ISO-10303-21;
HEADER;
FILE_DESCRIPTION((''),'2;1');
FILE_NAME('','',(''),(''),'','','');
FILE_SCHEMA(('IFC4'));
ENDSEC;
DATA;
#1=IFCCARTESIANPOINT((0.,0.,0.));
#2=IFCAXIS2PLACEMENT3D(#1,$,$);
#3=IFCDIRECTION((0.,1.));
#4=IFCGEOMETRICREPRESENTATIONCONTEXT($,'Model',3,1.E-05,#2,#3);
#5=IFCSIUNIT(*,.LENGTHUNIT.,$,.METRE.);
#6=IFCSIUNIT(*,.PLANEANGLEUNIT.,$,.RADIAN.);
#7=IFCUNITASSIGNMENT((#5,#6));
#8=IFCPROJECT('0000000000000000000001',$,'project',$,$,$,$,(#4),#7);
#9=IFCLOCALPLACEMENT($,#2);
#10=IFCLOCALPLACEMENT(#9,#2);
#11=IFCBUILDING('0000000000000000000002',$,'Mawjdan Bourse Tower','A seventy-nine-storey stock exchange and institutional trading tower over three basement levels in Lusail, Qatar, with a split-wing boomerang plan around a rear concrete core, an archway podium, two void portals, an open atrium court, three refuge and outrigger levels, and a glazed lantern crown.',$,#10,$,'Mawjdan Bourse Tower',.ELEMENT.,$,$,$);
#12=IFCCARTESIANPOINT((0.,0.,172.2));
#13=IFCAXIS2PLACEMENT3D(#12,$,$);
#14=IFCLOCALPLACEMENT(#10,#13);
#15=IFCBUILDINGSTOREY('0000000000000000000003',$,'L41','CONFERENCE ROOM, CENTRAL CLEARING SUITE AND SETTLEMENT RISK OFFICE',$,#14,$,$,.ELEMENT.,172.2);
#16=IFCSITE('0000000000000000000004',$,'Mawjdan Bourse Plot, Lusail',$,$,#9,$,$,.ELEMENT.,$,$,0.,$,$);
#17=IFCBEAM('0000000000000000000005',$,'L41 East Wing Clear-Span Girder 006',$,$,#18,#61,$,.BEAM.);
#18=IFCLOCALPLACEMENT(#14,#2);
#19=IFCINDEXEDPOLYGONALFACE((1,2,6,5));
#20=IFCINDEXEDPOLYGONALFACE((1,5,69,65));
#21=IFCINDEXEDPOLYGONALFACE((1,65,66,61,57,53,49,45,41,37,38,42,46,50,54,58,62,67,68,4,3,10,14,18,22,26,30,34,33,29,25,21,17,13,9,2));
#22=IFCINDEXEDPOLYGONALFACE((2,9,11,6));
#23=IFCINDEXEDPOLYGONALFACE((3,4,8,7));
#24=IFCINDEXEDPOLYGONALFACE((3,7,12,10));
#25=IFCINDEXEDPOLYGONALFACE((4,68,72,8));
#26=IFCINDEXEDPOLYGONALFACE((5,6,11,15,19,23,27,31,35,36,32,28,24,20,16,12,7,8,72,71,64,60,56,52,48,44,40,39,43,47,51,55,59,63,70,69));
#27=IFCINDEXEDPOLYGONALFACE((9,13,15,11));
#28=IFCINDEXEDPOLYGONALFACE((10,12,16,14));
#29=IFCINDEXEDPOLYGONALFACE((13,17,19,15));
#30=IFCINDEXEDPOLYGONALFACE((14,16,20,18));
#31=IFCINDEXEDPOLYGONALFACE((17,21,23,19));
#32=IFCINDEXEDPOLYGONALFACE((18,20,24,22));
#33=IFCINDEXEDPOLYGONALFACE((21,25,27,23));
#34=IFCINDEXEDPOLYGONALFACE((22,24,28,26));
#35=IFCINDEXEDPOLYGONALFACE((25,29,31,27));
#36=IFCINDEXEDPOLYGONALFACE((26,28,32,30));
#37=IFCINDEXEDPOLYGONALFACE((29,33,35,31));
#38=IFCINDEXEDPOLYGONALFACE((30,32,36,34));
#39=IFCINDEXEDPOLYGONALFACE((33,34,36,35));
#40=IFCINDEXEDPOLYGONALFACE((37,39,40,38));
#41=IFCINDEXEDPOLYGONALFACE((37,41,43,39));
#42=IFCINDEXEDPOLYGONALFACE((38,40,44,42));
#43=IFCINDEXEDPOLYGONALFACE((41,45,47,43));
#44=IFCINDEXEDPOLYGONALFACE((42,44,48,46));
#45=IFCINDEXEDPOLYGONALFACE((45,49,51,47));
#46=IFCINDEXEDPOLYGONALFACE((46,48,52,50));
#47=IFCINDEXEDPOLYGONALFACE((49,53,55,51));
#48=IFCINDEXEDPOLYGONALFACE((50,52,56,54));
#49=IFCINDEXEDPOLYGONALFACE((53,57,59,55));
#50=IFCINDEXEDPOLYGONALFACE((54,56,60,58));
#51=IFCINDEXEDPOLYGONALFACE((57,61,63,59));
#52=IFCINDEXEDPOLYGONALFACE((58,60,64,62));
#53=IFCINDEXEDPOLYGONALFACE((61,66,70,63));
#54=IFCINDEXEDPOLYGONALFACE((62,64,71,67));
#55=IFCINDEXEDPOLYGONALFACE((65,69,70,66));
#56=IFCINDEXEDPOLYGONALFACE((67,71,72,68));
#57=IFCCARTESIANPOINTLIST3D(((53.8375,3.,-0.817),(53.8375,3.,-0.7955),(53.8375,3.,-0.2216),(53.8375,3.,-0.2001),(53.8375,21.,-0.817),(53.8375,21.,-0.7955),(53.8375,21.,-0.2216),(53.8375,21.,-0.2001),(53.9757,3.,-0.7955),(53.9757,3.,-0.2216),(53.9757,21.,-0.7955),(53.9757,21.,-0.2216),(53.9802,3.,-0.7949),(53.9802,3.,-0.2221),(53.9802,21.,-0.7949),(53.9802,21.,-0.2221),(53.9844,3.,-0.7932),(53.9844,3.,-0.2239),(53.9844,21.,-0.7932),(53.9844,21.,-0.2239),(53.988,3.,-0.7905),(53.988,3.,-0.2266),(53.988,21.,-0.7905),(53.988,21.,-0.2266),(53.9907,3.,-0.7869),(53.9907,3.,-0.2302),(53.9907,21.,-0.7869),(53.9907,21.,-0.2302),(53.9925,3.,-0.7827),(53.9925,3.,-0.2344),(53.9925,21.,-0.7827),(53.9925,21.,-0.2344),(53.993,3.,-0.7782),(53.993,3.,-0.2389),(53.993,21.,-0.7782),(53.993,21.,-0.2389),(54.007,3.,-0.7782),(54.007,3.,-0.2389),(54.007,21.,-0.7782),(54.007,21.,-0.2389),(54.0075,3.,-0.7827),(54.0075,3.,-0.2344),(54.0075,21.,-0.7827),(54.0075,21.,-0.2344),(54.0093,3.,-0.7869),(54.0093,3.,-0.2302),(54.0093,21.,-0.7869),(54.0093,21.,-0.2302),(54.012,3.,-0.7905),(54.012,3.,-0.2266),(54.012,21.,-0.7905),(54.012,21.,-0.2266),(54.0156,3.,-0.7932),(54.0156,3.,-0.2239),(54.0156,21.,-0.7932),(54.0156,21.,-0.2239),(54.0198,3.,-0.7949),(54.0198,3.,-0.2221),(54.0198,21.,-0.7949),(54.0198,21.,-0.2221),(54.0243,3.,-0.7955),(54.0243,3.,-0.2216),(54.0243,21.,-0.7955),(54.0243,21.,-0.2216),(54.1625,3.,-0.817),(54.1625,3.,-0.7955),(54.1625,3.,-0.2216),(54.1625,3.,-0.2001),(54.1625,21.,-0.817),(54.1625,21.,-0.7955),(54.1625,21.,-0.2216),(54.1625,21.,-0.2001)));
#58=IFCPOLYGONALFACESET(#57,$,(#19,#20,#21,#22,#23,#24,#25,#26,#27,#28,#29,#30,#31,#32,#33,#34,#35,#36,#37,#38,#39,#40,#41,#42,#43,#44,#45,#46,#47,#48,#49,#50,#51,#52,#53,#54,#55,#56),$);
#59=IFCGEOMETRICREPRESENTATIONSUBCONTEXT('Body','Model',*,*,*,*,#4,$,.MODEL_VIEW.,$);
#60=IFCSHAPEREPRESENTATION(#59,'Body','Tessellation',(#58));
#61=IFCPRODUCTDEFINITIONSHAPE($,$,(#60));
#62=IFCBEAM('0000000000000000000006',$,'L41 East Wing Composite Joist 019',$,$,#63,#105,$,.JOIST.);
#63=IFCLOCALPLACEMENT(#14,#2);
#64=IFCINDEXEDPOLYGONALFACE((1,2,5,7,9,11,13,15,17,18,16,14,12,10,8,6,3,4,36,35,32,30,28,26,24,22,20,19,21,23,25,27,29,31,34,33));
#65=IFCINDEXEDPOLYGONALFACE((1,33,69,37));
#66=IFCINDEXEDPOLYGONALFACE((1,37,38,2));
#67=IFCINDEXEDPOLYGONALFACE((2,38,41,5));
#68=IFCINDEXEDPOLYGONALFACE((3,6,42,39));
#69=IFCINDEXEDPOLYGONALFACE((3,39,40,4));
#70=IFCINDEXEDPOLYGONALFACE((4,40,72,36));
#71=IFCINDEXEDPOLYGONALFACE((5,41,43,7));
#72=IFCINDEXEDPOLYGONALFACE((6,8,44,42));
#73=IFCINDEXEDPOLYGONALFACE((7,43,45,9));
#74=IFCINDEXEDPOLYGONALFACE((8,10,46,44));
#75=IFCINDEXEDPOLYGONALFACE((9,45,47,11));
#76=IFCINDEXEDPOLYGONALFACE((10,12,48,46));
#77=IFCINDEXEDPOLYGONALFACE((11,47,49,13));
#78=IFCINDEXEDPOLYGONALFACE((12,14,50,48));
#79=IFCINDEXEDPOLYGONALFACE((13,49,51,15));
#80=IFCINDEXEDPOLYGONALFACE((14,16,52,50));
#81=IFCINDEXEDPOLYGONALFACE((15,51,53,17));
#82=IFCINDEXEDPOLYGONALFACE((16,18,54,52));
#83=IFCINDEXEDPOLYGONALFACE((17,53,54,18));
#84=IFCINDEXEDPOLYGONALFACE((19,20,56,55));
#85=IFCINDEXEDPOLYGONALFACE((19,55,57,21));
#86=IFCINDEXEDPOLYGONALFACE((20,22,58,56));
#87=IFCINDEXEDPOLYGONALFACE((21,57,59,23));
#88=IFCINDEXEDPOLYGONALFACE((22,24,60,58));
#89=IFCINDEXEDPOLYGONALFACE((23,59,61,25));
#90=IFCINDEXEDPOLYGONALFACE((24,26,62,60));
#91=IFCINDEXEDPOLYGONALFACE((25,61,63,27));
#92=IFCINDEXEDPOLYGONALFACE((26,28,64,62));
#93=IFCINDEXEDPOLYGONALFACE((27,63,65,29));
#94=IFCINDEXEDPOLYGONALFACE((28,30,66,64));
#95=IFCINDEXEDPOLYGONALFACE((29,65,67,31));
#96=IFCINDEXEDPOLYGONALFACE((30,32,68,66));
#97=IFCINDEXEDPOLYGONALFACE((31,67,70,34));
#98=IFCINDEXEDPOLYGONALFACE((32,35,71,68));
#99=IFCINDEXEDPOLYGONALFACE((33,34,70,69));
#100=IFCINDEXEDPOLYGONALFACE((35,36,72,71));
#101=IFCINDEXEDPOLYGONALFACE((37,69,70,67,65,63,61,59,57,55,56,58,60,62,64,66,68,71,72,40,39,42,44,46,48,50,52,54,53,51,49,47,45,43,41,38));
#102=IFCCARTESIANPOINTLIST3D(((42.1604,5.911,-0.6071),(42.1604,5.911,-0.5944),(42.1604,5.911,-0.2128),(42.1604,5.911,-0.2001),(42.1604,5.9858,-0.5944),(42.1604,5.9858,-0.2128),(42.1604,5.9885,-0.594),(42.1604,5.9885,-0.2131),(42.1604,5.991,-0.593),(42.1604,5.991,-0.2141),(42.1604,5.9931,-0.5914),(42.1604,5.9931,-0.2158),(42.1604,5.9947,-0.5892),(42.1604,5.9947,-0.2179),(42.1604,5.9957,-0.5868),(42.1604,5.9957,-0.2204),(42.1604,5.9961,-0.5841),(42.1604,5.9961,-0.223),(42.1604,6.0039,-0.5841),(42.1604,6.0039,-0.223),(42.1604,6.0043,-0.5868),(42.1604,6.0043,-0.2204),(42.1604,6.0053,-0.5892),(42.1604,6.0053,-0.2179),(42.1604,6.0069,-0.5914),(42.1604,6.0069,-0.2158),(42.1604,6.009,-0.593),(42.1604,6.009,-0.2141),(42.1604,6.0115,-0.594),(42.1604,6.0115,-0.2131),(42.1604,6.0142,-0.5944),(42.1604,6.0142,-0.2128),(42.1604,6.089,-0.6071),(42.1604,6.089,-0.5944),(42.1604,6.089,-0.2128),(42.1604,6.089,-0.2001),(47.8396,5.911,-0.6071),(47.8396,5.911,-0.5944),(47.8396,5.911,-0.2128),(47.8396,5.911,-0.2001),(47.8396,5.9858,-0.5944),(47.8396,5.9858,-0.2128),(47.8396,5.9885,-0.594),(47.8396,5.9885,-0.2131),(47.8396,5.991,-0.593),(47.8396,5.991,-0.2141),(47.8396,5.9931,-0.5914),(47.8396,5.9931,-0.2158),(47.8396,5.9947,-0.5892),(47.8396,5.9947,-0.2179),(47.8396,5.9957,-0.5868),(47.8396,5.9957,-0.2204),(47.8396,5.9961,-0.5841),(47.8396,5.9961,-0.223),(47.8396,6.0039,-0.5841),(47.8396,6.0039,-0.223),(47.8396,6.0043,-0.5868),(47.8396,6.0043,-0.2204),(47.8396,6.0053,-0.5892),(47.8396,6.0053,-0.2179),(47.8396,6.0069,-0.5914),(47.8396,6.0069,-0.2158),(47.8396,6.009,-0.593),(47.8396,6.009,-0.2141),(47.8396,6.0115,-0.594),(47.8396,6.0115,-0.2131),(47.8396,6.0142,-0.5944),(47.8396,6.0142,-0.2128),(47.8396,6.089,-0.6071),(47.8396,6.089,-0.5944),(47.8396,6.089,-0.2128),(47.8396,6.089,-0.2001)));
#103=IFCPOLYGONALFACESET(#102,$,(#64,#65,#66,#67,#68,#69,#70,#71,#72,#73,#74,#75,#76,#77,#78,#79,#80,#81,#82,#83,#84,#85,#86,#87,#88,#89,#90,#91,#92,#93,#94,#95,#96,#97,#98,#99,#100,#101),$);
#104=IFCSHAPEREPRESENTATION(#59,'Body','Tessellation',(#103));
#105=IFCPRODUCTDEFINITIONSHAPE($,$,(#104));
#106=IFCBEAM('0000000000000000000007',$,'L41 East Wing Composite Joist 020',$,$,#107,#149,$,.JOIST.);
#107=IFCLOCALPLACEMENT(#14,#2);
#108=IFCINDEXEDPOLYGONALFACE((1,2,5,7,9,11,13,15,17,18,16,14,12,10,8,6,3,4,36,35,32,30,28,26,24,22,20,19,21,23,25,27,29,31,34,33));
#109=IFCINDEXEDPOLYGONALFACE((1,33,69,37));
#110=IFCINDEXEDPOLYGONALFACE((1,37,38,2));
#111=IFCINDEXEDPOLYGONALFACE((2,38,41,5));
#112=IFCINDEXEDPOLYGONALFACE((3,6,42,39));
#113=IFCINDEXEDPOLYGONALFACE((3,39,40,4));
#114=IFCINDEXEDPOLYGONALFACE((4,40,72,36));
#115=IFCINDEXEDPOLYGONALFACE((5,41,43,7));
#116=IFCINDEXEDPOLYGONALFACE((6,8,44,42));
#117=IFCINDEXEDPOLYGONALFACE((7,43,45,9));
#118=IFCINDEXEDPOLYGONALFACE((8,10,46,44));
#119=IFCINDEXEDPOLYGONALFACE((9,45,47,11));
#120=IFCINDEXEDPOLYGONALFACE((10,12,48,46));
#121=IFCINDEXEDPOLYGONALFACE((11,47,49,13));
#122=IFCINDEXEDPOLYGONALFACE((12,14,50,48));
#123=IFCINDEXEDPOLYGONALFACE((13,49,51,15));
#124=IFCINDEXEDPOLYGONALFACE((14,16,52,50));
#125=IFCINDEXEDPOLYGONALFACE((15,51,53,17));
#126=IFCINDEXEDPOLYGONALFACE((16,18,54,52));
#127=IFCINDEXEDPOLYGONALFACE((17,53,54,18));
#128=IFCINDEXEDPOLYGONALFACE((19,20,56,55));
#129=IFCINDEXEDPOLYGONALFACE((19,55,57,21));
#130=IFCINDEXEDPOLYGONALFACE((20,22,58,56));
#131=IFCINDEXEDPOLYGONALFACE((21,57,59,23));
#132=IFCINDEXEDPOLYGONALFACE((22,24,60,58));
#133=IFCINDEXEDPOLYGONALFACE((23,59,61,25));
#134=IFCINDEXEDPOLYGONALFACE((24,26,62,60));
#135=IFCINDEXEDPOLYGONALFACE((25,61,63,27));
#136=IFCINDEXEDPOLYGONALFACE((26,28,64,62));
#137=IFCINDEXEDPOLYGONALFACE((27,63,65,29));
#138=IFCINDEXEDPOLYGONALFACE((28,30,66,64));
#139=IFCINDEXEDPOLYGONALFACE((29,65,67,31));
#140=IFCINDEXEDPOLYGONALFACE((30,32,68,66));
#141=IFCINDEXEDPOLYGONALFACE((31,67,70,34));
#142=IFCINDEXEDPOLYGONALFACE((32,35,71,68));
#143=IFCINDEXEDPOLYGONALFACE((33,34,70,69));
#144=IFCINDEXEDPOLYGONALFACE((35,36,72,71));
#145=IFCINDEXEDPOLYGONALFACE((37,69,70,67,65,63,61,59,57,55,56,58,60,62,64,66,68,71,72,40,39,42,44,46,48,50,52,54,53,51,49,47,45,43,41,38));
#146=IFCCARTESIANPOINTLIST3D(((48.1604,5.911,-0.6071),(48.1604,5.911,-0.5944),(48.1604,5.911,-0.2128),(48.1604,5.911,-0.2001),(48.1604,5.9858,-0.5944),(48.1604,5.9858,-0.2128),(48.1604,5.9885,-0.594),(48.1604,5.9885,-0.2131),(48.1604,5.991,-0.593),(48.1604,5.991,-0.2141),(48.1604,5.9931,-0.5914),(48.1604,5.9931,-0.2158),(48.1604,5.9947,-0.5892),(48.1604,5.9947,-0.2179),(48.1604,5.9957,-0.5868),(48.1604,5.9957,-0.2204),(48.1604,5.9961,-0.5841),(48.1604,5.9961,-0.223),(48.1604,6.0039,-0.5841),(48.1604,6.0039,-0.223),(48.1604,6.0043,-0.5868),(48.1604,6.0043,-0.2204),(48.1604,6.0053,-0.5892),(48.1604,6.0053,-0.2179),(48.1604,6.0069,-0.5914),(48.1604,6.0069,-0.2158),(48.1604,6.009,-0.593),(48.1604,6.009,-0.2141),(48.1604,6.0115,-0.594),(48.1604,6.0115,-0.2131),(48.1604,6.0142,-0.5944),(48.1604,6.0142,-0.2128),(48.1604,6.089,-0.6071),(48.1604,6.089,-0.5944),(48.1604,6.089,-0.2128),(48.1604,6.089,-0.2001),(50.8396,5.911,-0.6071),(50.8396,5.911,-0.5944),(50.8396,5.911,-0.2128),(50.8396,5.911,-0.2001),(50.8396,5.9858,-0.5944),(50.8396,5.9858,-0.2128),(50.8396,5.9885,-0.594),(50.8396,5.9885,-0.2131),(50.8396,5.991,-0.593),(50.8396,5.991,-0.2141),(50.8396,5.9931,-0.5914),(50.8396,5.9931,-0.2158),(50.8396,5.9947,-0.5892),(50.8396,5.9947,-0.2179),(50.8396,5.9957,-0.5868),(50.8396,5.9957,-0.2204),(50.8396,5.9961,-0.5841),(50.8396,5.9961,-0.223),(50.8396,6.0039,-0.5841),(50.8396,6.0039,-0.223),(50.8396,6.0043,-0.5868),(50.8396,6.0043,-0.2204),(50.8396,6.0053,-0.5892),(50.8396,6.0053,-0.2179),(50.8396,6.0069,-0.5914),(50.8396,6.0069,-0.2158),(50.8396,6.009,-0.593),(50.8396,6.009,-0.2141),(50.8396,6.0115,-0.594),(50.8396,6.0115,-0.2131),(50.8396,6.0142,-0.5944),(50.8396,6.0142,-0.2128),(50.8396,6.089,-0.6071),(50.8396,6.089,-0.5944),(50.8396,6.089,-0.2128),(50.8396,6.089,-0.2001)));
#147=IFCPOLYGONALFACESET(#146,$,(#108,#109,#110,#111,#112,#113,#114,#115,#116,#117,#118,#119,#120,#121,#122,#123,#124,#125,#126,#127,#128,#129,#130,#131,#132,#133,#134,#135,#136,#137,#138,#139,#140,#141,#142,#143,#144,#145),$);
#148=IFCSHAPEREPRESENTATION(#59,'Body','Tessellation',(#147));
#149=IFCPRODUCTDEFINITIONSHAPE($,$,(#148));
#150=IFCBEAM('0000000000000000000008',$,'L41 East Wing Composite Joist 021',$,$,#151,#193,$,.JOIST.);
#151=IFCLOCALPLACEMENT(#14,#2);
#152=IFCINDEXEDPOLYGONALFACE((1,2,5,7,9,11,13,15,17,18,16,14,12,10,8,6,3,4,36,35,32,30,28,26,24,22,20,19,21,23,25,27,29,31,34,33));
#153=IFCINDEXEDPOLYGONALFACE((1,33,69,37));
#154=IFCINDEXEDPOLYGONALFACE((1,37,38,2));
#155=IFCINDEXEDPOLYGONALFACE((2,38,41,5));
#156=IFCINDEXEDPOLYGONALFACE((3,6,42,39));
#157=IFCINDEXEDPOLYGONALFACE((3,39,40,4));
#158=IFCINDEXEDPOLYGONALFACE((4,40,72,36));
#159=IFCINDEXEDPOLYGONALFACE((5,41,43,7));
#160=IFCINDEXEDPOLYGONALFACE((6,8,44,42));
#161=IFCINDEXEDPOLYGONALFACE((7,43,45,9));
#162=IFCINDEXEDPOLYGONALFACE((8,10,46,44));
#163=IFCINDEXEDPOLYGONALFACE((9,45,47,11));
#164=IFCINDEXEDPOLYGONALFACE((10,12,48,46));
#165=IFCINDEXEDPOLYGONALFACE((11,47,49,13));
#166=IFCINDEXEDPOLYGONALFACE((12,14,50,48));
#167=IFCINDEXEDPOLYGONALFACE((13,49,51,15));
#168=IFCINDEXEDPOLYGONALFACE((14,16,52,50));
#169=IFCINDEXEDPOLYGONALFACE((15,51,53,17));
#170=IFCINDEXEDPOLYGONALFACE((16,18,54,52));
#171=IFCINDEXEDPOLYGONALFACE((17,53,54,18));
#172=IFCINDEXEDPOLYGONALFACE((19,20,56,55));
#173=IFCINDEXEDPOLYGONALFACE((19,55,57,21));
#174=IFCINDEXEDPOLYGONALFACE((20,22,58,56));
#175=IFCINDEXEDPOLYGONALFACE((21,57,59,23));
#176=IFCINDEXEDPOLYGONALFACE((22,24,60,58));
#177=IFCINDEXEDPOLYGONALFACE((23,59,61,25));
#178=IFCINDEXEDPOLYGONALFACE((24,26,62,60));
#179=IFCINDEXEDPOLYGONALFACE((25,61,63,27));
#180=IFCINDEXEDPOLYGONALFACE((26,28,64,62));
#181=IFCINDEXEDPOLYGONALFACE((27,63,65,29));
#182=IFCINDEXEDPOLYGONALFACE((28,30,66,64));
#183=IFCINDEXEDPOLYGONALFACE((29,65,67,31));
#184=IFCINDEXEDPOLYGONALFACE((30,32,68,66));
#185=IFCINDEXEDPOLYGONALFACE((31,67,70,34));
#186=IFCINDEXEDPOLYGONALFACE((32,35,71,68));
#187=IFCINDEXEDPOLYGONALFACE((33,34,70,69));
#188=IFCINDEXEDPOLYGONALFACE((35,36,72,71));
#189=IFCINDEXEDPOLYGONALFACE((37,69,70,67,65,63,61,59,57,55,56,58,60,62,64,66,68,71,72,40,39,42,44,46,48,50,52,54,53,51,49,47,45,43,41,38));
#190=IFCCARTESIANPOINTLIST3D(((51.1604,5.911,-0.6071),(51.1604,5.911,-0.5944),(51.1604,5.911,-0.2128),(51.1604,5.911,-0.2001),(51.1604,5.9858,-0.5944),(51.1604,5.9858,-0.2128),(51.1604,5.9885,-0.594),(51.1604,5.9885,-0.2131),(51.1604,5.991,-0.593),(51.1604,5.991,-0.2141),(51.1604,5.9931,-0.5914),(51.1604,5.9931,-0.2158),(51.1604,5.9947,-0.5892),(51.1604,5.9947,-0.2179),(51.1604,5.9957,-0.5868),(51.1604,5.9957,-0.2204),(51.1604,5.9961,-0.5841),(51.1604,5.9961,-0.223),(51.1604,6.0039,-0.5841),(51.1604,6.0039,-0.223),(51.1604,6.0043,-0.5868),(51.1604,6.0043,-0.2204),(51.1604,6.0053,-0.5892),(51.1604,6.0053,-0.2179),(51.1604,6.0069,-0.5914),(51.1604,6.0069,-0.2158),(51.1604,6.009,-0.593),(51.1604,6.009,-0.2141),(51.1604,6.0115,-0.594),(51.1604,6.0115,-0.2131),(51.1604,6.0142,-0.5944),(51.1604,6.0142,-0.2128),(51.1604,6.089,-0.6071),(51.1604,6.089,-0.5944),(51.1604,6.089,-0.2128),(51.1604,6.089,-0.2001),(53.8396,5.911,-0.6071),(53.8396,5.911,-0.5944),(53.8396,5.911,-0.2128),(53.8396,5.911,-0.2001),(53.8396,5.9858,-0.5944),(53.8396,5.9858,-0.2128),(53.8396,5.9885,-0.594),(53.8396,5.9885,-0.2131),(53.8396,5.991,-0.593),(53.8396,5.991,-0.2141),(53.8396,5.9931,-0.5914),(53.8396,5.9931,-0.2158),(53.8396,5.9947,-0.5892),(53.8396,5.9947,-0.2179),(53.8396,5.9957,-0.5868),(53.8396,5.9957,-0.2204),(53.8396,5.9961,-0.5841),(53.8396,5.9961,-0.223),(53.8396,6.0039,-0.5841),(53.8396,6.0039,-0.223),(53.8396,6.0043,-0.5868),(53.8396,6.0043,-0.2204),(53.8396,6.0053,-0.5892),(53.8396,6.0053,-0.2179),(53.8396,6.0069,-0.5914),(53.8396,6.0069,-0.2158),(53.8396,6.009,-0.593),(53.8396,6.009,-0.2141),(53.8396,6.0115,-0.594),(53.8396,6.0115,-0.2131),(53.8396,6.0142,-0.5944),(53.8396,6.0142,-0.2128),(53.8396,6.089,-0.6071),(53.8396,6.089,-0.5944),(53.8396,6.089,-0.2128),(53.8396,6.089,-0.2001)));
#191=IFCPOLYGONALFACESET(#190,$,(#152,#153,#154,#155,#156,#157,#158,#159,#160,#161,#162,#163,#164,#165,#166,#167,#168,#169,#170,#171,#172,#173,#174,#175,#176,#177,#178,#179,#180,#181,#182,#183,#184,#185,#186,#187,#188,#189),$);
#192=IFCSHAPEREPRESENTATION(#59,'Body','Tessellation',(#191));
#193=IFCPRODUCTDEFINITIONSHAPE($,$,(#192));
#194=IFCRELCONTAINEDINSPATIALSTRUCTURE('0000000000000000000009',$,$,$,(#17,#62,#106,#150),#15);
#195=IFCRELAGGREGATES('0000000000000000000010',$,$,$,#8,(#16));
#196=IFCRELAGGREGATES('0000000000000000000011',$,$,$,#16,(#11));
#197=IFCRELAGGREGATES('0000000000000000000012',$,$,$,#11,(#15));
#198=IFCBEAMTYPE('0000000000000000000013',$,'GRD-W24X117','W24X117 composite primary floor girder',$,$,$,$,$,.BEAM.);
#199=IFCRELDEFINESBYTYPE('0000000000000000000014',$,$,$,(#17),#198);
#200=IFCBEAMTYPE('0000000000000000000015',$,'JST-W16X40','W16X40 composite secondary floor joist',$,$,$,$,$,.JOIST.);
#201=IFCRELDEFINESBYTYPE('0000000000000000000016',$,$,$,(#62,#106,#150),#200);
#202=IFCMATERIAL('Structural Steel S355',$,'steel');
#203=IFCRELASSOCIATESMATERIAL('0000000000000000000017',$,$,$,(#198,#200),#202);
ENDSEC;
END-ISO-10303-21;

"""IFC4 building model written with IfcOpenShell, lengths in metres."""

from ifc_helpers import new_model, si_unit, direction, frame, origin, origin_2d, place, context, subcontext, project, spatial, i_section, extrude, material, material_profile, profile_set, type_object, element, save


model = new_model("IFC4")

# Units and contexts
model_context = context("Model", 3, precision=1e-05, world=origin(), true_north=direction((0.0, 1.0)))
body_context = subcontext(model_context, "Body", "Model", "MODEL_VIEW")
ifc_project = project(units=[si_unit("LENGTHUNIT", "METRE"), si_unit("PLANEANGLEUNIT", "RADIAN")], contexts=[model_context])

# Site, building, storey
site_placement = place(None, origin())
site = spatial("IfcSite", under=ifc_project, at=site_placement, Name="Mawjdan Bourse Plot, Lusail", CompositionType="ELEMENT", RefElevation=0.0)
building_placement = place(site_placement, origin())
building = spatial("IfcBuilding", under=site, at=building_placement, Name="Mawjdan Bourse Tower", Description="A seventy-nine-storey stock exchange and institutional trading tower over three basement levels in Lusail, Qatar, with a split-wing boomerang plan around a rear concrete core, an archway podium, two void portals, an open atrium court, three refuge and outrigger levels, and a glazed lantern crown.", LongName="Mawjdan Bourse Tower", CompositionType="ELEMENT")
storey_placement = place(building_placement, frame((0.0, 0.0, 172.2)))
storey = spatial("IfcBuildingStorey", under=building, at=storey_placement, Name="L41", Description="CONFERENCE ROOM, CENTRAL CLEARING SUITE AND SETTLEMENT RISK OFFICE", CompositionType="ELEMENT", Elevation=172.2)

# Beams
ifc_material_1 = material(Name="Structural Steel S355", Category="steel")
ifc_material_profile_1 = material_profile(ifc_material_1, i_section(OverallWidth=0.325, OverallDepth=0.6169, WebThickness=0.0139, FlangeThickness=0.0215, FilletRadius=0.0173, at=origin_2d()), Name="W24X117")
ifc_profile_set_1 = profile_set([ifc_material_profile_1], Name="Structural Steel S355")
beam_type_1 = type_object("IfcBeamType", Name="GRD-W24X117", Description="W24X117 composite primary floor girder", PredefinedType="BEAM", material=ifc_profile_set_1)
for number, where, z_axis, x_axis, name in (
    (1, (54.0, 3.0, -0.5085), (0.0, 1.0, 0.0), (-1.0, 0.0, 0.0), "L41 East Wing Clear-Span Girder 006"),
):
    element("IfcBeam", number, at=place(storey_placement, frame(where, z_axis=z_axis, x_axis=x_axis)), inside=storey, type_object=beam_type_1, Name=name, PredefinedType="BEAM", context=body_context, shape_type="SweptSolid", body=[
        extrude(i_section(OverallWidth=0.325, OverallDepth=0.6169, WebThickness=0.0139, FlangeThickness=0.0215, FilletRadius=0.0173, at=origin_2d()), origin(), (0.0, 0.0, 1.0), 18.0),
    ])
ifc_material_profile_2 = material_profile(ifc_material_1, i_section(OverallWidth=0.178, OverallDepth=0.407, WebThickness=0.0078, FlangeThickness=0.0127, FilletRadius=0.0103, at=origin_2d()), Name="W16X40")
ifc_profile_set_2 = profile_set([ifc_material_profile_2], Name="Structural Steel S355")
beam_type_2 = type_object("IfcBeamType", Name="JST-W16X40", Description="W16X40 composite secondary floor joist", PredefinedType="JOIST", material=ifc_profile_set_2)
beam_1_placement = place(storey_placement, frame((42.1604, 6.0, -0.4036), z_axis=(1.0, 0.0, 0.0), x_axis=(0.0, 1.0, 0.0)))
element("IfcBeam", 2, at=beam_1_placement, inside=storey, type_object=beam_type_2, Name="L41 East Wing Composite Joist 019", PredefinedType="JOIST", context=body_context, shape_type="SweptSolid", body=[
    extrude(i_section(OverallWidth=0.178, OverallDepth=0.407, WebThickness=0.0078, FlangeThickness=0.0127, FilletRadius=0.0103, at=origin_2d()), origin(), (0.0, 0.0, 1.0), 5.6792),
])
for number, where, z_axis, x_axis, name in (
    (3, (48.1604, 6.0, -0.4036), (1.0, 0.0, 0.0), (0.0, 1.0, 0.0), "L41 East Wing Composite Joist 020"),
    (4, (51.1604, 6.0, -0.4036), (1.0, 0.0, 0.0), (0.0, 1.0, 0.0), "L41 East Wing Composite Joist 021"),
):
    element("IfcBeam", number, at=place(storey_placement, frame(where, z_axis=z_axis, x_axis=x_axis)), inside=storey, type_object=beam_type_2, Name=name, PredefinedType="JOIST", context=body_context, shape_type="SweptSolid", body=[
        extrude(i_section(OverallWidth=0.178, OverallDepth=0.407, WebThickness=0.0078, FlangeThickness=0.0127, FilletRadius=0.0103, at=origin_2d()), origin(), (0.0, 0.0, 1.0), 2.6792),
    ])

save(model, "model.ifc")
